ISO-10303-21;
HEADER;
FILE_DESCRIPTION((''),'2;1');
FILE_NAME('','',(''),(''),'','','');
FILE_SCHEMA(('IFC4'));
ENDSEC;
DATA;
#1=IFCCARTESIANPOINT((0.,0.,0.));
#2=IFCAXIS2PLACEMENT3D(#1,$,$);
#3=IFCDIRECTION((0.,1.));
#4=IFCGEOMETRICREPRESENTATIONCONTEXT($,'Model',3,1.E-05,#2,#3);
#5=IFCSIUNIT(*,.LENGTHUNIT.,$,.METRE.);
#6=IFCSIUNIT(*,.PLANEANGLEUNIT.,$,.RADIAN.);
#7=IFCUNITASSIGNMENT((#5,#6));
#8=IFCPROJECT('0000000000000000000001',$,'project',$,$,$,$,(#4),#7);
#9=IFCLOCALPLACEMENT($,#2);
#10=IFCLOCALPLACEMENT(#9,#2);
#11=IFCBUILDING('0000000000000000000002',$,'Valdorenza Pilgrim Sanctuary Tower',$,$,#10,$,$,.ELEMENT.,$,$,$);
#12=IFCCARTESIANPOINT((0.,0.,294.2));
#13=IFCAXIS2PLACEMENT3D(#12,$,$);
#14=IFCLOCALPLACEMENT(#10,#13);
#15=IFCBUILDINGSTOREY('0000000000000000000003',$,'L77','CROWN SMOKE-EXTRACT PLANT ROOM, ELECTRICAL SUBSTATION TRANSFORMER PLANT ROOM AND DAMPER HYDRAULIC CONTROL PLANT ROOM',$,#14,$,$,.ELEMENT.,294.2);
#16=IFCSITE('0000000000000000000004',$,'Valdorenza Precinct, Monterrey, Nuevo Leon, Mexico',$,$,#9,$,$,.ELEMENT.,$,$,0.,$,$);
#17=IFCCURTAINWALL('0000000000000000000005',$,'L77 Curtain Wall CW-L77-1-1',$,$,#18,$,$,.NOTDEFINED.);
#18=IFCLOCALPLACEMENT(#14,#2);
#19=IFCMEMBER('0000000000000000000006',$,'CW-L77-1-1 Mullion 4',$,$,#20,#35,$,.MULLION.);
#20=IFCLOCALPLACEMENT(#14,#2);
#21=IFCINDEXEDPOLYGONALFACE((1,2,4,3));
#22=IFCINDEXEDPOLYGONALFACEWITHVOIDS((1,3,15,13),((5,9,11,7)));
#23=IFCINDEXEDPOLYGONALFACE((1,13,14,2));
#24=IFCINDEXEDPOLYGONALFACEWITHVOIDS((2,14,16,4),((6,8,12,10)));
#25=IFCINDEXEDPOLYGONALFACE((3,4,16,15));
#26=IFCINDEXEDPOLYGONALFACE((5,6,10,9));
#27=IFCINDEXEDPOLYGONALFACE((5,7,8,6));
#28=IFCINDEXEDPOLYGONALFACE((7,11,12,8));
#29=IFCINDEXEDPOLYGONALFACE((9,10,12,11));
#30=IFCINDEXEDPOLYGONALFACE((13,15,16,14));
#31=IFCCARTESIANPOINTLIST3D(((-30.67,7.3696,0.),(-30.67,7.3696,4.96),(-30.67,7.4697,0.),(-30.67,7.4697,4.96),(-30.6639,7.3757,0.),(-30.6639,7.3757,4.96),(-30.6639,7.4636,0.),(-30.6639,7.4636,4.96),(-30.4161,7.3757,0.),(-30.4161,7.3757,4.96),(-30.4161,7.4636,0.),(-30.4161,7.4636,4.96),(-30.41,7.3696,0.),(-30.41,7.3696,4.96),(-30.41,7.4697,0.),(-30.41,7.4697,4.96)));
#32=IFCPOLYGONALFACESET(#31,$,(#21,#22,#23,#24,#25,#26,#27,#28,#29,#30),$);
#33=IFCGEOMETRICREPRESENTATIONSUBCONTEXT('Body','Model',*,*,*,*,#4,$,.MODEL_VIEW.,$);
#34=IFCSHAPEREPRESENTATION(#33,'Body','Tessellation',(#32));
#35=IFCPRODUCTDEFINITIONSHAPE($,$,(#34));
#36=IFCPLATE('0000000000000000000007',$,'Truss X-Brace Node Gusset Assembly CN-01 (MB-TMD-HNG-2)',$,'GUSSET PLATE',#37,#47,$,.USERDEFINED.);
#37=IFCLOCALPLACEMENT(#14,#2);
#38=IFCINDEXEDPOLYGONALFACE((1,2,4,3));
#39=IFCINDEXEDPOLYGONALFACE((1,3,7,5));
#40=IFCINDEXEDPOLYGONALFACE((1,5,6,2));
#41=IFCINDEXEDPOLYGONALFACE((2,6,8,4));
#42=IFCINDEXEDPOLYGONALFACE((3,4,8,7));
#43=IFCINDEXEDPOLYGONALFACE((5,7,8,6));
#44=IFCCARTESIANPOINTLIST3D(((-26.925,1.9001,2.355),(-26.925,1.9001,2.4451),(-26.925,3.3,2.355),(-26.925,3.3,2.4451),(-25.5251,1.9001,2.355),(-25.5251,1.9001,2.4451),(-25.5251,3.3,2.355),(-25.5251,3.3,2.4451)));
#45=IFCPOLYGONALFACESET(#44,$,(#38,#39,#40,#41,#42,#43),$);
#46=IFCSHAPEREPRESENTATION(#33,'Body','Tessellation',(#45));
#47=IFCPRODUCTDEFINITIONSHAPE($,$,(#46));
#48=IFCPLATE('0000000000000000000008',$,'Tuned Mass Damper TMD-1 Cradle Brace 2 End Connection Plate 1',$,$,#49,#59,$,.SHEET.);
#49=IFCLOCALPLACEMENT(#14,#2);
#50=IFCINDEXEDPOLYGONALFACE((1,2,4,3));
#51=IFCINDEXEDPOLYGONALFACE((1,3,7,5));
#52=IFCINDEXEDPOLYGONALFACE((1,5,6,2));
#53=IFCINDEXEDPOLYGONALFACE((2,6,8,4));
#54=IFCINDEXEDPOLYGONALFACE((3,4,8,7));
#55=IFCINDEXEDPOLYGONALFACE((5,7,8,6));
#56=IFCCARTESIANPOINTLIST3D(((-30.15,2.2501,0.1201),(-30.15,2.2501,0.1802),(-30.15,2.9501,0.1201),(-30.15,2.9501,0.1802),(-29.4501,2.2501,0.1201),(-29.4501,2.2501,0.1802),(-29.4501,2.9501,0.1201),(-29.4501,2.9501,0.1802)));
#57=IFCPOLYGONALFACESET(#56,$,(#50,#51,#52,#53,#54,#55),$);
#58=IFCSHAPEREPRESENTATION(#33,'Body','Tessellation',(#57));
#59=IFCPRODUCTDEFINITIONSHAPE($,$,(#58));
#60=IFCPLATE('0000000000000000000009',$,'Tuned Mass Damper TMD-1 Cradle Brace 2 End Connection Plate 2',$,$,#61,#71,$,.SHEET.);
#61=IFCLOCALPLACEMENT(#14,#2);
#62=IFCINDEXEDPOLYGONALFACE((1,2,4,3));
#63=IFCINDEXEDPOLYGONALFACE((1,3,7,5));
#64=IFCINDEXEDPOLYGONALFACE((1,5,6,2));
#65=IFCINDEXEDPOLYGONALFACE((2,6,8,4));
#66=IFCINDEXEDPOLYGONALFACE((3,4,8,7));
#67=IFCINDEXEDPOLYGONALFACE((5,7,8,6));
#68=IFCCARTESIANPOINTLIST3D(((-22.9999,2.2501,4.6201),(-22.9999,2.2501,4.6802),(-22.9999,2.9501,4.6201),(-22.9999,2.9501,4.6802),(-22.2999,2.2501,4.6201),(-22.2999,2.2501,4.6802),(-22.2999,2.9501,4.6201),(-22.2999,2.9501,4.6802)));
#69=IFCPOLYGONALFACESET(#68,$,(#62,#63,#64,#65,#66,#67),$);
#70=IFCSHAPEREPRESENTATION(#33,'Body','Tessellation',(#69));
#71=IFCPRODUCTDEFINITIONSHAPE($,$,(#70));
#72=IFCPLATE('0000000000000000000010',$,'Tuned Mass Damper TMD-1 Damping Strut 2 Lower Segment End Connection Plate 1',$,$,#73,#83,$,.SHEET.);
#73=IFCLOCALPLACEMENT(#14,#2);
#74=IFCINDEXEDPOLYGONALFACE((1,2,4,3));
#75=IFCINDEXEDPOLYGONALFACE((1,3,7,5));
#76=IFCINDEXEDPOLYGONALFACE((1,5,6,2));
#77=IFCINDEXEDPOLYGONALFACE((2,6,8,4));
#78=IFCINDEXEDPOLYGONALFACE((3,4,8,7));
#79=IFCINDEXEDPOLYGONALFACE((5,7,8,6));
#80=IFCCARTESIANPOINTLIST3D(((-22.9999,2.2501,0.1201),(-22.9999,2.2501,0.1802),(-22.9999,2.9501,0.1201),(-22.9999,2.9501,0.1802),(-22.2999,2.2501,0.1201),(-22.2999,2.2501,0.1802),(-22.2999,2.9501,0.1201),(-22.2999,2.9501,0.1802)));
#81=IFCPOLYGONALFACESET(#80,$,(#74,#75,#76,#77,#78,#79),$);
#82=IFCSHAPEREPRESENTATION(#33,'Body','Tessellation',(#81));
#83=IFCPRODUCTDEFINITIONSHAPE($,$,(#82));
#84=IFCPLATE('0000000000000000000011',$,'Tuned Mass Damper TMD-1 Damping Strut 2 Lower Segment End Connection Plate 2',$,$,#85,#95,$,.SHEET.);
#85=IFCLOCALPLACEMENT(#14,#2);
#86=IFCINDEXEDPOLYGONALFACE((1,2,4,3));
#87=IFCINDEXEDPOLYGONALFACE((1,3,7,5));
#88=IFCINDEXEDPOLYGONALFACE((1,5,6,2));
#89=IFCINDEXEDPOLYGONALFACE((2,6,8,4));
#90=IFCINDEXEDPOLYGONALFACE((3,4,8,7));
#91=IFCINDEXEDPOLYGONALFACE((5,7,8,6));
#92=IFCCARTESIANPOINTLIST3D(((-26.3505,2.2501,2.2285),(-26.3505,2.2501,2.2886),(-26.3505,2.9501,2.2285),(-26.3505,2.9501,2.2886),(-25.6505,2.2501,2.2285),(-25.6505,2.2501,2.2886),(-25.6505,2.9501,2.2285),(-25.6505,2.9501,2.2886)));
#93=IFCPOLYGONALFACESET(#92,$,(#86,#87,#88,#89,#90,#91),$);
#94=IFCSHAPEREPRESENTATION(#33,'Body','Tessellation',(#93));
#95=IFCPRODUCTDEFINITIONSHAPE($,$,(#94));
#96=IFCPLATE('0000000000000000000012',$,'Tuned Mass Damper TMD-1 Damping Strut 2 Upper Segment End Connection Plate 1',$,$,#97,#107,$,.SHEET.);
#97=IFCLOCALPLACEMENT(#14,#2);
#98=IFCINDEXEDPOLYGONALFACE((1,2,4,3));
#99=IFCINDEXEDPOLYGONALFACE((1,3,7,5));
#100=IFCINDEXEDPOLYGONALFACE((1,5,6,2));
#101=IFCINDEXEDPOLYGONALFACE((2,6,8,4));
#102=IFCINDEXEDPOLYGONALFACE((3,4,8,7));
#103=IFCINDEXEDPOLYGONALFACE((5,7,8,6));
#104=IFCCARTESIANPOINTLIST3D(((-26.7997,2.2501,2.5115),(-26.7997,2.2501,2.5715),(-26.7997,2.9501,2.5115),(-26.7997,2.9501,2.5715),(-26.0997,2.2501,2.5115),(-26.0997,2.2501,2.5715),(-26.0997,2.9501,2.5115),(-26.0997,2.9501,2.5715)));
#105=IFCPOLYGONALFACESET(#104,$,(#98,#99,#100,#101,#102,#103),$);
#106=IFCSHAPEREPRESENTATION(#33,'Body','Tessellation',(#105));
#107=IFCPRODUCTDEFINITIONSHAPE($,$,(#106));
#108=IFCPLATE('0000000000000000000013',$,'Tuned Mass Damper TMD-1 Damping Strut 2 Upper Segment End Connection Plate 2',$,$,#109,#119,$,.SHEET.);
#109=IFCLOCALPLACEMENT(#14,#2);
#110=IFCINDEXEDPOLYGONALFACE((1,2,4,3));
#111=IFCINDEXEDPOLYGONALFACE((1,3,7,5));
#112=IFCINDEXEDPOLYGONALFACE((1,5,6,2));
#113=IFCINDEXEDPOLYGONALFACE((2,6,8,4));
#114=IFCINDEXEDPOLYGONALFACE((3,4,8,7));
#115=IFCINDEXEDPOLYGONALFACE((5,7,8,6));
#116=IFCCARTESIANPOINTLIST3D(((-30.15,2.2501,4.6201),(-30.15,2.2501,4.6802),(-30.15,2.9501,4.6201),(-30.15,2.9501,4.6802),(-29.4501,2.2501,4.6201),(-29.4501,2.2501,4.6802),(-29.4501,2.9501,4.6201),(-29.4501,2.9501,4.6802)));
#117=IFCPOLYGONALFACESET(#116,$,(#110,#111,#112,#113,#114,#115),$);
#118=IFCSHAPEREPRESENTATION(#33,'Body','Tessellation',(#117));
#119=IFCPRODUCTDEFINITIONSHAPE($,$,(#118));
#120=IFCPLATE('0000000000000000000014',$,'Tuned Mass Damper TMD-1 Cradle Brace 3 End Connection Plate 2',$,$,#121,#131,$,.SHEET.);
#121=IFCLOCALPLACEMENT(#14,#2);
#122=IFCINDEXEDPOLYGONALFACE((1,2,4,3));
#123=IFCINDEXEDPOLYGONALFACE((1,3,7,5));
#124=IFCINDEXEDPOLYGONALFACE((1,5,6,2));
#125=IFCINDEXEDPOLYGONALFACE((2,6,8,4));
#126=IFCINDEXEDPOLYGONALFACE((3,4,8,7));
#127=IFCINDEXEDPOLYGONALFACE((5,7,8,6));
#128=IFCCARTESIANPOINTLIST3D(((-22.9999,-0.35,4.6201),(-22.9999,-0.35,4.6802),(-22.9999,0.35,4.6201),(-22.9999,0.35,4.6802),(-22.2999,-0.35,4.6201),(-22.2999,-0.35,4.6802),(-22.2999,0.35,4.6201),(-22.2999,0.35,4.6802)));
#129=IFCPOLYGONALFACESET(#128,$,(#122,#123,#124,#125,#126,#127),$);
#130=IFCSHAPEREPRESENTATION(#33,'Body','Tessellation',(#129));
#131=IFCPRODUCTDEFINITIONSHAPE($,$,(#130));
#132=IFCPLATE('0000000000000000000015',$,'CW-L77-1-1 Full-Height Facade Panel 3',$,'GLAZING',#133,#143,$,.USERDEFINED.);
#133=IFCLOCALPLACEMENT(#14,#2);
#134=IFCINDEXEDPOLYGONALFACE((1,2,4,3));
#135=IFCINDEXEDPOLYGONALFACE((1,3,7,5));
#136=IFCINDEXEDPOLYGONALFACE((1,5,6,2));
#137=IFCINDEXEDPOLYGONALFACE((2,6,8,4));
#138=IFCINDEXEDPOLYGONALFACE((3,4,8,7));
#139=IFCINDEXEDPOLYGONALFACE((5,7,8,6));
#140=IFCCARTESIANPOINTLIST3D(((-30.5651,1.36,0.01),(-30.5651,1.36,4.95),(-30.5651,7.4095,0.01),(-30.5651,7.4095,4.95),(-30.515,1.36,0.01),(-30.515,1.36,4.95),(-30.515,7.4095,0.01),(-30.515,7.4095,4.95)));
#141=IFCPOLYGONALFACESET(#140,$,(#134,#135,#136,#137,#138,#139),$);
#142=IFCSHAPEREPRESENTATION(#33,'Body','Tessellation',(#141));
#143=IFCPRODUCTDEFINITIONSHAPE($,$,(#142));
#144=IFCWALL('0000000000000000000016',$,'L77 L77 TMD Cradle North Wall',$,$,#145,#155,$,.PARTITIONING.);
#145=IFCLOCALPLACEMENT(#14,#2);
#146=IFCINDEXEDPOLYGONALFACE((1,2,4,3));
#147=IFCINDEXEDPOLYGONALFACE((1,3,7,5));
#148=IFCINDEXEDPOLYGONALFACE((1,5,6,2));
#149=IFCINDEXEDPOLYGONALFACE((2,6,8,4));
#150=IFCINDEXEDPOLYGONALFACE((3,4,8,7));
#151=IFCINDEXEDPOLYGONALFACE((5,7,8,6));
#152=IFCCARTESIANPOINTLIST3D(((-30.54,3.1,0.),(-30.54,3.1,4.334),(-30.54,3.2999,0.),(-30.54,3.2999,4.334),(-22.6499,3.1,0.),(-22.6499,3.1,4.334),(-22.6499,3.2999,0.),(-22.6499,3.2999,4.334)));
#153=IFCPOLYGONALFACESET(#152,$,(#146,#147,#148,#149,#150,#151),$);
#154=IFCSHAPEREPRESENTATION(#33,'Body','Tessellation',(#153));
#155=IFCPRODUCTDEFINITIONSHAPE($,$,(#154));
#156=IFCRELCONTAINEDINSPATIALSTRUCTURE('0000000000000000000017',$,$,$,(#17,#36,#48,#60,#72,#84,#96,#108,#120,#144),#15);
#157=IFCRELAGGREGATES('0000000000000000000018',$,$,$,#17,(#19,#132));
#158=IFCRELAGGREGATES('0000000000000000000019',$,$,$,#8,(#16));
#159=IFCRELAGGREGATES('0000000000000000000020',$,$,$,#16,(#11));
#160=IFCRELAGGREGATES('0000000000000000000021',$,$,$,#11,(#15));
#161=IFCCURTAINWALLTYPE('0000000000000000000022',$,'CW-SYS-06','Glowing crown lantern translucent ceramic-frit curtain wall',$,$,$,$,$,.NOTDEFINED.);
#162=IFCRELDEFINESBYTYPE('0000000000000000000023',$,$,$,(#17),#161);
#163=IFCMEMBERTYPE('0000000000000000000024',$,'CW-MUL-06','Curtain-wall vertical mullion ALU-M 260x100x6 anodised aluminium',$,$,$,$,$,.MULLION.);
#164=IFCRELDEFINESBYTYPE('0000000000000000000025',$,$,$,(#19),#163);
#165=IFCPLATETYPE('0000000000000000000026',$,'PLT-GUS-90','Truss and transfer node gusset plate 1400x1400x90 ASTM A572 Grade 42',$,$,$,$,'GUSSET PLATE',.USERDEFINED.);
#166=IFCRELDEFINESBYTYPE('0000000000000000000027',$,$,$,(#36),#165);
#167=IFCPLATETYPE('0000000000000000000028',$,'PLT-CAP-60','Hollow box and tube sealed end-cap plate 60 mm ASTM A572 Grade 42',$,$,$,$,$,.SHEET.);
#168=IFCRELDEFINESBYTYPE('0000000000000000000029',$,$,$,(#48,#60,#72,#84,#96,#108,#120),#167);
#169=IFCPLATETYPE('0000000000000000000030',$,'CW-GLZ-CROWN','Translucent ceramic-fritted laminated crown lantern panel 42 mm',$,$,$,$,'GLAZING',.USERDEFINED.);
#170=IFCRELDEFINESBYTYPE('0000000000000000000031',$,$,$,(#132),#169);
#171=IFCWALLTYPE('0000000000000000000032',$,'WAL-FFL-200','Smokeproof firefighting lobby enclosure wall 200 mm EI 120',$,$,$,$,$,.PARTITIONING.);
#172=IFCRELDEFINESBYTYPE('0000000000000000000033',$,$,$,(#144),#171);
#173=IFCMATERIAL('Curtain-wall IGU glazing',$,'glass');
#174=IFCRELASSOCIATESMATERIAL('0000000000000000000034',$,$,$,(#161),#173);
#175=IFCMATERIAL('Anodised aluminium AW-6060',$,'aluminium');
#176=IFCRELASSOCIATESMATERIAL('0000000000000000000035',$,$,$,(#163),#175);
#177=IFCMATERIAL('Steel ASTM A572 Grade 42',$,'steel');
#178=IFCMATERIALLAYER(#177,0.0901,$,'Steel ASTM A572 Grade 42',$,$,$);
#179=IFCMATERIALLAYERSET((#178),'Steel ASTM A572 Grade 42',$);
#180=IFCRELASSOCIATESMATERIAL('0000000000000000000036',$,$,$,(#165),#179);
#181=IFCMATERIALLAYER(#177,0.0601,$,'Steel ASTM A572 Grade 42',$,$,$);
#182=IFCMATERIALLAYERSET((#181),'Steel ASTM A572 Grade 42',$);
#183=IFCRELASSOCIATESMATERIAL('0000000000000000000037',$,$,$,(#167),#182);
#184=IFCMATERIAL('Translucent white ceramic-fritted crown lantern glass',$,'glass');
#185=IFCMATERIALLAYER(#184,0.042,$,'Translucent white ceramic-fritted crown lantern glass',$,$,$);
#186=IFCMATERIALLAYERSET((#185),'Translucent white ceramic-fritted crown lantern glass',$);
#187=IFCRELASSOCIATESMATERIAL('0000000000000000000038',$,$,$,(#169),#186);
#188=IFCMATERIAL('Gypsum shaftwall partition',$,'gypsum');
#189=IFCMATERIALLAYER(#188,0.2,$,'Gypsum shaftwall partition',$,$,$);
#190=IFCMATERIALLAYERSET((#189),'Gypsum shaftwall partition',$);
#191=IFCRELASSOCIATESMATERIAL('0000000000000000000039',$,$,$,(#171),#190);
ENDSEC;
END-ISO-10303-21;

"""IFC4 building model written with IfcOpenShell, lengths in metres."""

from ifc_helpers import new_model, si_unit, direction, frame, frame_2d, origin, origin_2d, place, context, subcontext, project, spatial, rectangle, hollow_rectangle, extrude, source, transform, mapped, material, layer, layer_set, material_profile, profile_set, type_object, element, aggregate, save


model = new_model("IFC4")

# Units and contexts
model_context = context("Model", 3, precision=1e-05, world=origin(), true_north=direction((0.0, 1.0)))
body_context = subcontext(model_context, "Body", "Model", "MODEL_VIEW")
ifc_project = project(units=[si_unit("LENGTHUNIT", "METRE"), si_unit("PLANEANGLEUNIT", "RADIAN")], contexts=[model_context])

# Site, building, storey
site_placement = place(None, origin())
site = spatial("IfcSite", under=ifc_project, at=site_placement, Name="Valdorenza Precinct, Monterrey, Nuevo Leon, Mexico", CompositionType="ELEMENT", RefElevation=0.0)
building_placement = place(site_placement, origin())
building = spatial("IfcBuilding", under=site, at=building_placement, Name="Valdorenza Pilgrim Sanctuary Tower", CompositionType="ELEMENT")
storey_placement = place(building_placement, frame((0.0, 0.0, 294.2)))
storey = spatial("IfcBuildingStorey", under=building, at=storey_placement, Name="L77", Description="CROWN SMOKE-EXTRACT PLANT ROOM, ELECTRICAL SUBSTATION TRANSFORMER PLANT ROOM AND DAMPER HYDRAULIC CONTROL PLANT ROOM", CompositionType="ELEMENT", Elevation=294.2)

# Curtain wall, member
ifc_material_1 = material(Name="Curtain-wall IGU glazing", Category="glass")
curtain_wall_type = type_object("IfcCurtainWallType", Name="CW-SYS-06", Description="Glowing crown lantern translucent ceramic-frit curtain wall", PredefinedType="NOTDEFINED", material=ifc_material_1)
curtain_wall_placement = place(storey_placement, origin())
curtain_wall = element("IfcCurtainWall", 1, at=curtain_wall_placement, inside=storey, type_object=curtain_wall_type, Name="L77 Curtain Wall CW-L77-1-1", PredefinedType="NOTDEFINED")
ifc_material_2 = material(Name="Anodised aluminium AW-6060", Category="aluminium")
ifc_material_profile_1 = material_profile(ifc_material_2, hollow_rectangle(XDim=0.1001, YDim=0.26, WallThickness=0.0061, at=origin_2d()), Name="ALU-M 260x100x6")
ifc_profile_set_1 = profile_set([ifc_material_profile_1], Name="Anodised aluminium AW-6060")
member_type_1 = type_object("IfcMemberType", Name="CW-MUL-06", Description="Curtain-wall vertical mullion ALU-M 260x100x6 anodised aluminium", PredefinedType="MULLION", material=ifc_profile_set_1)
shared_shape_1 = source(origin(), body_context, "Body", "SweptSolid", [
    extrude(hollow_rectangle(XDim=0.1001, YDim=0.26, WallThickness=0.0061, at=origin_2d()), origin(), (0.0, 0.0, 1.0), 4.96),
])
member_1_placement = place(storey_placement, frame((-30.54, 7.4197, 0.0), z_axis=(0.0, 0.0, 1.0), x_axis=(0.0, 1.0, 0.0)))
member_1 = element("IfcMember", 2, at=member_1_placement, type_object=member_type_1, Name="CW-L77-1-1 Mullion 4", PredefinedType="MULLION", context=body_context, shape_type="MappedRepresentation", body=[
    mapped(shared_shape_1, transform((0.0, 0.0, 0.0), x_axis=(1.0, 0.0, 0.0), y_axis=(0.0, 1.0, 0.0), z_axis=(0.0, 0.0, 1.0), scale=1.0)),
])

# Plates
ifc_material_3 = material(Name="Steel ASTM A572 Grade 42", Category="steel")
ifc_layer_1 = layer(ifc_material_3, 0.0901, Name="Steel ASTM A572 Grade 42")
ifc_layer_set_1 = layer_set([ifc_layer_1], Name="Steel ASTM A572 Grade 42")
plate_type_1 = type_object("IfcPlateType", Name="PLT-GUS-90", Description="Truss and transfer node gusset plate 1400x1400x90 ASTM A572 Grade 42", ElementType="GUSSET PLATE", PredefinedType="USERDEFINED", material=ifc_layer_set_1)
shared_shape_2 = source(origin(), body_context, "Body", "SweptSolid", [
    extrude(rectangle(XDim=1.3999, YDim=1.3999, at=origin_2d()), origin(), (0.0, 0.0, 1.0), 0.0901),
])
plate_1_placement = place(storey_placement, frame((-26.2251, 2.6001, 2.355), z_axis=(0.0, 0.0, 1.0), x_axis=(1.0, 0.0, 0.0)))
element("IfcPlate", 3, at=plate_1_placement, inside=storey, type_object=plate_type_1, Name="Truss X-Brace Node Gusset Assembly CN-01 (MB-TMD-HNG-2)", ObjectType="GUSSET PLATE", PredefinedType="USERDEFINED", context=body_context, shape_type="MappedRepresentation", body=[
    mapped(shared_shape_2, transform((0.0, 0.0, 0.0), x_axis=(1.0, 0.0, 0.0), y_axis=(0.0, 1.0, 0.0), z_axis=(0.0, 0.0, 1.0), scale=1.0)),
])
ifc_layer_2 = layer(ifc_material_3, 0.0601, Name="Steel ASTM A572 Grade 42")
ifc_layer_set_2 = layer_set([ifc_layer_2], Name="Steel ASTM A572 Grade 42")
plate_type_2 = type_object("IfcPlateType", Name="PLT-CAP-60", Description="Hollow box and tube sealed end-cap plate 60 mm ASTM A572 Grade 42", PredefinedType="SHEET", material=ifc_layer_set_2)
shared_shape_3 = source(origin(), body_context, "Body", "SweptSolid", [
    extrude(rectangle(XDim=0.7, YDim=0.7, at=origin_2d()), origin(), (0.0, 0.0, 1.0), 0.0601),
])
for number, where, z_axis, x_axis, name in (
    (4, (-29.8, 2.6001, 0.1201), (0.0, 0.0, 1.0), (1.0, 0.0, 0.0), "Tuned Mass Damper TMD-1 Cradle Brace 2 End Connection Plate 1"),
    (5, (-22.6499, 2.6001, 4.6201), (0.0, 0.0, 1.0), (1.0, 0.0, 0.0), "Tuned Mass Damper TMD-1 Cradle Brace 2 End Connection Plate 2"),
    (6, (-22.6499, 2.6001, 0.1201), (0.0, 0.0, 1.0), (1.0, 0.0, 0.0), "Tuned Mass Damper TMD-1 Damping Strut 2 Lower Segment End Connection Plate 1"),
    (7, (-26.0005, 2.6001, 2.2285), (0.0, 0.0, 1.0), (1.0, 0.0, 0.0), "Tuned Mass Damper TMD-1 Damping Strut 2 Lower Segment End Connection Plate 2"),
    (8, (-26.4497, 2.6001, 2.5115), (0.0, 0.0, 1.0), (1.0, 0.0, 0.0), "Tuned Mass Damper TMD-1 Damping Strut 2 Upper Segment End Connection Plate 1"),
    (9, (-29.8, 2.6001, 4.6201), (0.0, 0.0, 1.0), (1.0, 0.0, 0.0), "Tuned Mass Damper TMD-1 Damping Strut 2 Upper Segment End Connection Plate 2"),
    (10, (-22.6499, 0.0, 4.6201), (0.0, 0.0, 1.0), (1.0, 0.0, 0.0), "Tuned Mass Damper TMD-1 Cradle Brace 3 End Connection Plate 2"),
):
    element("IfcPlate", number, at=place(storey_placement, frame(where, z_axis=z_axis, x_axis=x_axis)), inside=storey, type_object=plate_type_2, Name=name, PredefinedType="SHEET", context=body_context, shape_type="MappedRepresentation", body=[
        mapped(shared_shape_3, transform((0.0, 0.0, 0.0), x_axis=(1.0, 0.0, 0.0), y_axis=(0.0, 1.0, 0.0), z_axis=(0.0, 0.0, 1.0), scale=1.0)),
    ])

# Plate
ifc_material_4 = material(Name="Translucent white ceramic-fritted crown lantern glass", Category="glass")
ifc_layer_3 = layer(ifc_material_4, 0.042, Name="Translucent white ceramic-fritted crown lantern glass")
ifc_layer_set_3 = layer_set([ifc_layer_3], Name="Translucent white ceramic-fritted crown lantern glass")
plate_type_3 = type_object("IfcPlateType", Name="CW-GLZ-CROWN", Description="Translucent ceramic-fritted laminated crown lantern panel 42 mm", ElementType="GLAZING", PredefinedType="USERDEFINED", material=ifc_layer_set_3)
shared_shape_4 = source(origin(), body_context, "Body", "SweptSolid", [
    extrude(rectangle(XDim=6.0496, YDim=0.05, at=origin_2d()), origin(), (0.0, 0.0, 1.0), 4.9399),
])
plate_2_placement = place(storey_placement, frame((-30.54, 4.3848, 0.01), z_axis=(0.0, 0.0, 1.0), x_axis=(0.0, 1.0, 0.0)))
plate_2 = element("IfcPlate", 11, at=plate_2_placement, type_object=plate_type_3, Name="CW-L77-1-1 Full-Height Facade Panel 3", ObjectType="GLAZING", PredefinedType="USERDEFINED", context=body_context, shape_type="MappedRepresentation", body=[
    mapped(shared_shape_4, transform((0.0, 0.0, 0.0), x_axis=(1.0, 0.0, 0.0), y_axis=(0.0, 1.0, 0.0), z_axis=(0.0, 0.0, 1.0), scale=1.0)),
])
aggregate(curtain_wall, [member_1, plate_2])

# Wall
ifc_material_5 = material(Name="Gypsum shaftwall partition", Category="gypsum")
ifc_layer_4 = layer(ifc_material_5, 0.2, Name="Gypsum shaftwall partition")
ifc_layer_set_4 = layer_set([ifc_layer_4], Name="Gypsum shaftwall partition")
wall_type = type_object("IfcWallType", Name="WAL-FFL-200", Description="Smokeproof firefighting lobby enclosure wall 200 mm EI 120", PredefinedType="PARTITIONING", material=ifc_layer_set_4)
wall_1_placement = place(storey_placement, frame((-30.54, 3.2, 0.0), z_axis=(0.0, 0.0, 1.0), x_axis=(1.0, 0.0, 0.0)))
element("IfcWall", 12, at=wall_1_placement, inside=storey, type_object=wall_type, Name="L77 L77 TMD Cradle North Wall", PredefinedType="PARTITIONING", context=body_context, shape_type="SweptSolid", body=[
    extrude(rectangle(XDim=7.8901, YDim=0.2, at=frame_2d((3.9451, 0.0))), origin(), (0.0, 0.0, 1.0), 4.334),
])

save(model, "model.ifc")
